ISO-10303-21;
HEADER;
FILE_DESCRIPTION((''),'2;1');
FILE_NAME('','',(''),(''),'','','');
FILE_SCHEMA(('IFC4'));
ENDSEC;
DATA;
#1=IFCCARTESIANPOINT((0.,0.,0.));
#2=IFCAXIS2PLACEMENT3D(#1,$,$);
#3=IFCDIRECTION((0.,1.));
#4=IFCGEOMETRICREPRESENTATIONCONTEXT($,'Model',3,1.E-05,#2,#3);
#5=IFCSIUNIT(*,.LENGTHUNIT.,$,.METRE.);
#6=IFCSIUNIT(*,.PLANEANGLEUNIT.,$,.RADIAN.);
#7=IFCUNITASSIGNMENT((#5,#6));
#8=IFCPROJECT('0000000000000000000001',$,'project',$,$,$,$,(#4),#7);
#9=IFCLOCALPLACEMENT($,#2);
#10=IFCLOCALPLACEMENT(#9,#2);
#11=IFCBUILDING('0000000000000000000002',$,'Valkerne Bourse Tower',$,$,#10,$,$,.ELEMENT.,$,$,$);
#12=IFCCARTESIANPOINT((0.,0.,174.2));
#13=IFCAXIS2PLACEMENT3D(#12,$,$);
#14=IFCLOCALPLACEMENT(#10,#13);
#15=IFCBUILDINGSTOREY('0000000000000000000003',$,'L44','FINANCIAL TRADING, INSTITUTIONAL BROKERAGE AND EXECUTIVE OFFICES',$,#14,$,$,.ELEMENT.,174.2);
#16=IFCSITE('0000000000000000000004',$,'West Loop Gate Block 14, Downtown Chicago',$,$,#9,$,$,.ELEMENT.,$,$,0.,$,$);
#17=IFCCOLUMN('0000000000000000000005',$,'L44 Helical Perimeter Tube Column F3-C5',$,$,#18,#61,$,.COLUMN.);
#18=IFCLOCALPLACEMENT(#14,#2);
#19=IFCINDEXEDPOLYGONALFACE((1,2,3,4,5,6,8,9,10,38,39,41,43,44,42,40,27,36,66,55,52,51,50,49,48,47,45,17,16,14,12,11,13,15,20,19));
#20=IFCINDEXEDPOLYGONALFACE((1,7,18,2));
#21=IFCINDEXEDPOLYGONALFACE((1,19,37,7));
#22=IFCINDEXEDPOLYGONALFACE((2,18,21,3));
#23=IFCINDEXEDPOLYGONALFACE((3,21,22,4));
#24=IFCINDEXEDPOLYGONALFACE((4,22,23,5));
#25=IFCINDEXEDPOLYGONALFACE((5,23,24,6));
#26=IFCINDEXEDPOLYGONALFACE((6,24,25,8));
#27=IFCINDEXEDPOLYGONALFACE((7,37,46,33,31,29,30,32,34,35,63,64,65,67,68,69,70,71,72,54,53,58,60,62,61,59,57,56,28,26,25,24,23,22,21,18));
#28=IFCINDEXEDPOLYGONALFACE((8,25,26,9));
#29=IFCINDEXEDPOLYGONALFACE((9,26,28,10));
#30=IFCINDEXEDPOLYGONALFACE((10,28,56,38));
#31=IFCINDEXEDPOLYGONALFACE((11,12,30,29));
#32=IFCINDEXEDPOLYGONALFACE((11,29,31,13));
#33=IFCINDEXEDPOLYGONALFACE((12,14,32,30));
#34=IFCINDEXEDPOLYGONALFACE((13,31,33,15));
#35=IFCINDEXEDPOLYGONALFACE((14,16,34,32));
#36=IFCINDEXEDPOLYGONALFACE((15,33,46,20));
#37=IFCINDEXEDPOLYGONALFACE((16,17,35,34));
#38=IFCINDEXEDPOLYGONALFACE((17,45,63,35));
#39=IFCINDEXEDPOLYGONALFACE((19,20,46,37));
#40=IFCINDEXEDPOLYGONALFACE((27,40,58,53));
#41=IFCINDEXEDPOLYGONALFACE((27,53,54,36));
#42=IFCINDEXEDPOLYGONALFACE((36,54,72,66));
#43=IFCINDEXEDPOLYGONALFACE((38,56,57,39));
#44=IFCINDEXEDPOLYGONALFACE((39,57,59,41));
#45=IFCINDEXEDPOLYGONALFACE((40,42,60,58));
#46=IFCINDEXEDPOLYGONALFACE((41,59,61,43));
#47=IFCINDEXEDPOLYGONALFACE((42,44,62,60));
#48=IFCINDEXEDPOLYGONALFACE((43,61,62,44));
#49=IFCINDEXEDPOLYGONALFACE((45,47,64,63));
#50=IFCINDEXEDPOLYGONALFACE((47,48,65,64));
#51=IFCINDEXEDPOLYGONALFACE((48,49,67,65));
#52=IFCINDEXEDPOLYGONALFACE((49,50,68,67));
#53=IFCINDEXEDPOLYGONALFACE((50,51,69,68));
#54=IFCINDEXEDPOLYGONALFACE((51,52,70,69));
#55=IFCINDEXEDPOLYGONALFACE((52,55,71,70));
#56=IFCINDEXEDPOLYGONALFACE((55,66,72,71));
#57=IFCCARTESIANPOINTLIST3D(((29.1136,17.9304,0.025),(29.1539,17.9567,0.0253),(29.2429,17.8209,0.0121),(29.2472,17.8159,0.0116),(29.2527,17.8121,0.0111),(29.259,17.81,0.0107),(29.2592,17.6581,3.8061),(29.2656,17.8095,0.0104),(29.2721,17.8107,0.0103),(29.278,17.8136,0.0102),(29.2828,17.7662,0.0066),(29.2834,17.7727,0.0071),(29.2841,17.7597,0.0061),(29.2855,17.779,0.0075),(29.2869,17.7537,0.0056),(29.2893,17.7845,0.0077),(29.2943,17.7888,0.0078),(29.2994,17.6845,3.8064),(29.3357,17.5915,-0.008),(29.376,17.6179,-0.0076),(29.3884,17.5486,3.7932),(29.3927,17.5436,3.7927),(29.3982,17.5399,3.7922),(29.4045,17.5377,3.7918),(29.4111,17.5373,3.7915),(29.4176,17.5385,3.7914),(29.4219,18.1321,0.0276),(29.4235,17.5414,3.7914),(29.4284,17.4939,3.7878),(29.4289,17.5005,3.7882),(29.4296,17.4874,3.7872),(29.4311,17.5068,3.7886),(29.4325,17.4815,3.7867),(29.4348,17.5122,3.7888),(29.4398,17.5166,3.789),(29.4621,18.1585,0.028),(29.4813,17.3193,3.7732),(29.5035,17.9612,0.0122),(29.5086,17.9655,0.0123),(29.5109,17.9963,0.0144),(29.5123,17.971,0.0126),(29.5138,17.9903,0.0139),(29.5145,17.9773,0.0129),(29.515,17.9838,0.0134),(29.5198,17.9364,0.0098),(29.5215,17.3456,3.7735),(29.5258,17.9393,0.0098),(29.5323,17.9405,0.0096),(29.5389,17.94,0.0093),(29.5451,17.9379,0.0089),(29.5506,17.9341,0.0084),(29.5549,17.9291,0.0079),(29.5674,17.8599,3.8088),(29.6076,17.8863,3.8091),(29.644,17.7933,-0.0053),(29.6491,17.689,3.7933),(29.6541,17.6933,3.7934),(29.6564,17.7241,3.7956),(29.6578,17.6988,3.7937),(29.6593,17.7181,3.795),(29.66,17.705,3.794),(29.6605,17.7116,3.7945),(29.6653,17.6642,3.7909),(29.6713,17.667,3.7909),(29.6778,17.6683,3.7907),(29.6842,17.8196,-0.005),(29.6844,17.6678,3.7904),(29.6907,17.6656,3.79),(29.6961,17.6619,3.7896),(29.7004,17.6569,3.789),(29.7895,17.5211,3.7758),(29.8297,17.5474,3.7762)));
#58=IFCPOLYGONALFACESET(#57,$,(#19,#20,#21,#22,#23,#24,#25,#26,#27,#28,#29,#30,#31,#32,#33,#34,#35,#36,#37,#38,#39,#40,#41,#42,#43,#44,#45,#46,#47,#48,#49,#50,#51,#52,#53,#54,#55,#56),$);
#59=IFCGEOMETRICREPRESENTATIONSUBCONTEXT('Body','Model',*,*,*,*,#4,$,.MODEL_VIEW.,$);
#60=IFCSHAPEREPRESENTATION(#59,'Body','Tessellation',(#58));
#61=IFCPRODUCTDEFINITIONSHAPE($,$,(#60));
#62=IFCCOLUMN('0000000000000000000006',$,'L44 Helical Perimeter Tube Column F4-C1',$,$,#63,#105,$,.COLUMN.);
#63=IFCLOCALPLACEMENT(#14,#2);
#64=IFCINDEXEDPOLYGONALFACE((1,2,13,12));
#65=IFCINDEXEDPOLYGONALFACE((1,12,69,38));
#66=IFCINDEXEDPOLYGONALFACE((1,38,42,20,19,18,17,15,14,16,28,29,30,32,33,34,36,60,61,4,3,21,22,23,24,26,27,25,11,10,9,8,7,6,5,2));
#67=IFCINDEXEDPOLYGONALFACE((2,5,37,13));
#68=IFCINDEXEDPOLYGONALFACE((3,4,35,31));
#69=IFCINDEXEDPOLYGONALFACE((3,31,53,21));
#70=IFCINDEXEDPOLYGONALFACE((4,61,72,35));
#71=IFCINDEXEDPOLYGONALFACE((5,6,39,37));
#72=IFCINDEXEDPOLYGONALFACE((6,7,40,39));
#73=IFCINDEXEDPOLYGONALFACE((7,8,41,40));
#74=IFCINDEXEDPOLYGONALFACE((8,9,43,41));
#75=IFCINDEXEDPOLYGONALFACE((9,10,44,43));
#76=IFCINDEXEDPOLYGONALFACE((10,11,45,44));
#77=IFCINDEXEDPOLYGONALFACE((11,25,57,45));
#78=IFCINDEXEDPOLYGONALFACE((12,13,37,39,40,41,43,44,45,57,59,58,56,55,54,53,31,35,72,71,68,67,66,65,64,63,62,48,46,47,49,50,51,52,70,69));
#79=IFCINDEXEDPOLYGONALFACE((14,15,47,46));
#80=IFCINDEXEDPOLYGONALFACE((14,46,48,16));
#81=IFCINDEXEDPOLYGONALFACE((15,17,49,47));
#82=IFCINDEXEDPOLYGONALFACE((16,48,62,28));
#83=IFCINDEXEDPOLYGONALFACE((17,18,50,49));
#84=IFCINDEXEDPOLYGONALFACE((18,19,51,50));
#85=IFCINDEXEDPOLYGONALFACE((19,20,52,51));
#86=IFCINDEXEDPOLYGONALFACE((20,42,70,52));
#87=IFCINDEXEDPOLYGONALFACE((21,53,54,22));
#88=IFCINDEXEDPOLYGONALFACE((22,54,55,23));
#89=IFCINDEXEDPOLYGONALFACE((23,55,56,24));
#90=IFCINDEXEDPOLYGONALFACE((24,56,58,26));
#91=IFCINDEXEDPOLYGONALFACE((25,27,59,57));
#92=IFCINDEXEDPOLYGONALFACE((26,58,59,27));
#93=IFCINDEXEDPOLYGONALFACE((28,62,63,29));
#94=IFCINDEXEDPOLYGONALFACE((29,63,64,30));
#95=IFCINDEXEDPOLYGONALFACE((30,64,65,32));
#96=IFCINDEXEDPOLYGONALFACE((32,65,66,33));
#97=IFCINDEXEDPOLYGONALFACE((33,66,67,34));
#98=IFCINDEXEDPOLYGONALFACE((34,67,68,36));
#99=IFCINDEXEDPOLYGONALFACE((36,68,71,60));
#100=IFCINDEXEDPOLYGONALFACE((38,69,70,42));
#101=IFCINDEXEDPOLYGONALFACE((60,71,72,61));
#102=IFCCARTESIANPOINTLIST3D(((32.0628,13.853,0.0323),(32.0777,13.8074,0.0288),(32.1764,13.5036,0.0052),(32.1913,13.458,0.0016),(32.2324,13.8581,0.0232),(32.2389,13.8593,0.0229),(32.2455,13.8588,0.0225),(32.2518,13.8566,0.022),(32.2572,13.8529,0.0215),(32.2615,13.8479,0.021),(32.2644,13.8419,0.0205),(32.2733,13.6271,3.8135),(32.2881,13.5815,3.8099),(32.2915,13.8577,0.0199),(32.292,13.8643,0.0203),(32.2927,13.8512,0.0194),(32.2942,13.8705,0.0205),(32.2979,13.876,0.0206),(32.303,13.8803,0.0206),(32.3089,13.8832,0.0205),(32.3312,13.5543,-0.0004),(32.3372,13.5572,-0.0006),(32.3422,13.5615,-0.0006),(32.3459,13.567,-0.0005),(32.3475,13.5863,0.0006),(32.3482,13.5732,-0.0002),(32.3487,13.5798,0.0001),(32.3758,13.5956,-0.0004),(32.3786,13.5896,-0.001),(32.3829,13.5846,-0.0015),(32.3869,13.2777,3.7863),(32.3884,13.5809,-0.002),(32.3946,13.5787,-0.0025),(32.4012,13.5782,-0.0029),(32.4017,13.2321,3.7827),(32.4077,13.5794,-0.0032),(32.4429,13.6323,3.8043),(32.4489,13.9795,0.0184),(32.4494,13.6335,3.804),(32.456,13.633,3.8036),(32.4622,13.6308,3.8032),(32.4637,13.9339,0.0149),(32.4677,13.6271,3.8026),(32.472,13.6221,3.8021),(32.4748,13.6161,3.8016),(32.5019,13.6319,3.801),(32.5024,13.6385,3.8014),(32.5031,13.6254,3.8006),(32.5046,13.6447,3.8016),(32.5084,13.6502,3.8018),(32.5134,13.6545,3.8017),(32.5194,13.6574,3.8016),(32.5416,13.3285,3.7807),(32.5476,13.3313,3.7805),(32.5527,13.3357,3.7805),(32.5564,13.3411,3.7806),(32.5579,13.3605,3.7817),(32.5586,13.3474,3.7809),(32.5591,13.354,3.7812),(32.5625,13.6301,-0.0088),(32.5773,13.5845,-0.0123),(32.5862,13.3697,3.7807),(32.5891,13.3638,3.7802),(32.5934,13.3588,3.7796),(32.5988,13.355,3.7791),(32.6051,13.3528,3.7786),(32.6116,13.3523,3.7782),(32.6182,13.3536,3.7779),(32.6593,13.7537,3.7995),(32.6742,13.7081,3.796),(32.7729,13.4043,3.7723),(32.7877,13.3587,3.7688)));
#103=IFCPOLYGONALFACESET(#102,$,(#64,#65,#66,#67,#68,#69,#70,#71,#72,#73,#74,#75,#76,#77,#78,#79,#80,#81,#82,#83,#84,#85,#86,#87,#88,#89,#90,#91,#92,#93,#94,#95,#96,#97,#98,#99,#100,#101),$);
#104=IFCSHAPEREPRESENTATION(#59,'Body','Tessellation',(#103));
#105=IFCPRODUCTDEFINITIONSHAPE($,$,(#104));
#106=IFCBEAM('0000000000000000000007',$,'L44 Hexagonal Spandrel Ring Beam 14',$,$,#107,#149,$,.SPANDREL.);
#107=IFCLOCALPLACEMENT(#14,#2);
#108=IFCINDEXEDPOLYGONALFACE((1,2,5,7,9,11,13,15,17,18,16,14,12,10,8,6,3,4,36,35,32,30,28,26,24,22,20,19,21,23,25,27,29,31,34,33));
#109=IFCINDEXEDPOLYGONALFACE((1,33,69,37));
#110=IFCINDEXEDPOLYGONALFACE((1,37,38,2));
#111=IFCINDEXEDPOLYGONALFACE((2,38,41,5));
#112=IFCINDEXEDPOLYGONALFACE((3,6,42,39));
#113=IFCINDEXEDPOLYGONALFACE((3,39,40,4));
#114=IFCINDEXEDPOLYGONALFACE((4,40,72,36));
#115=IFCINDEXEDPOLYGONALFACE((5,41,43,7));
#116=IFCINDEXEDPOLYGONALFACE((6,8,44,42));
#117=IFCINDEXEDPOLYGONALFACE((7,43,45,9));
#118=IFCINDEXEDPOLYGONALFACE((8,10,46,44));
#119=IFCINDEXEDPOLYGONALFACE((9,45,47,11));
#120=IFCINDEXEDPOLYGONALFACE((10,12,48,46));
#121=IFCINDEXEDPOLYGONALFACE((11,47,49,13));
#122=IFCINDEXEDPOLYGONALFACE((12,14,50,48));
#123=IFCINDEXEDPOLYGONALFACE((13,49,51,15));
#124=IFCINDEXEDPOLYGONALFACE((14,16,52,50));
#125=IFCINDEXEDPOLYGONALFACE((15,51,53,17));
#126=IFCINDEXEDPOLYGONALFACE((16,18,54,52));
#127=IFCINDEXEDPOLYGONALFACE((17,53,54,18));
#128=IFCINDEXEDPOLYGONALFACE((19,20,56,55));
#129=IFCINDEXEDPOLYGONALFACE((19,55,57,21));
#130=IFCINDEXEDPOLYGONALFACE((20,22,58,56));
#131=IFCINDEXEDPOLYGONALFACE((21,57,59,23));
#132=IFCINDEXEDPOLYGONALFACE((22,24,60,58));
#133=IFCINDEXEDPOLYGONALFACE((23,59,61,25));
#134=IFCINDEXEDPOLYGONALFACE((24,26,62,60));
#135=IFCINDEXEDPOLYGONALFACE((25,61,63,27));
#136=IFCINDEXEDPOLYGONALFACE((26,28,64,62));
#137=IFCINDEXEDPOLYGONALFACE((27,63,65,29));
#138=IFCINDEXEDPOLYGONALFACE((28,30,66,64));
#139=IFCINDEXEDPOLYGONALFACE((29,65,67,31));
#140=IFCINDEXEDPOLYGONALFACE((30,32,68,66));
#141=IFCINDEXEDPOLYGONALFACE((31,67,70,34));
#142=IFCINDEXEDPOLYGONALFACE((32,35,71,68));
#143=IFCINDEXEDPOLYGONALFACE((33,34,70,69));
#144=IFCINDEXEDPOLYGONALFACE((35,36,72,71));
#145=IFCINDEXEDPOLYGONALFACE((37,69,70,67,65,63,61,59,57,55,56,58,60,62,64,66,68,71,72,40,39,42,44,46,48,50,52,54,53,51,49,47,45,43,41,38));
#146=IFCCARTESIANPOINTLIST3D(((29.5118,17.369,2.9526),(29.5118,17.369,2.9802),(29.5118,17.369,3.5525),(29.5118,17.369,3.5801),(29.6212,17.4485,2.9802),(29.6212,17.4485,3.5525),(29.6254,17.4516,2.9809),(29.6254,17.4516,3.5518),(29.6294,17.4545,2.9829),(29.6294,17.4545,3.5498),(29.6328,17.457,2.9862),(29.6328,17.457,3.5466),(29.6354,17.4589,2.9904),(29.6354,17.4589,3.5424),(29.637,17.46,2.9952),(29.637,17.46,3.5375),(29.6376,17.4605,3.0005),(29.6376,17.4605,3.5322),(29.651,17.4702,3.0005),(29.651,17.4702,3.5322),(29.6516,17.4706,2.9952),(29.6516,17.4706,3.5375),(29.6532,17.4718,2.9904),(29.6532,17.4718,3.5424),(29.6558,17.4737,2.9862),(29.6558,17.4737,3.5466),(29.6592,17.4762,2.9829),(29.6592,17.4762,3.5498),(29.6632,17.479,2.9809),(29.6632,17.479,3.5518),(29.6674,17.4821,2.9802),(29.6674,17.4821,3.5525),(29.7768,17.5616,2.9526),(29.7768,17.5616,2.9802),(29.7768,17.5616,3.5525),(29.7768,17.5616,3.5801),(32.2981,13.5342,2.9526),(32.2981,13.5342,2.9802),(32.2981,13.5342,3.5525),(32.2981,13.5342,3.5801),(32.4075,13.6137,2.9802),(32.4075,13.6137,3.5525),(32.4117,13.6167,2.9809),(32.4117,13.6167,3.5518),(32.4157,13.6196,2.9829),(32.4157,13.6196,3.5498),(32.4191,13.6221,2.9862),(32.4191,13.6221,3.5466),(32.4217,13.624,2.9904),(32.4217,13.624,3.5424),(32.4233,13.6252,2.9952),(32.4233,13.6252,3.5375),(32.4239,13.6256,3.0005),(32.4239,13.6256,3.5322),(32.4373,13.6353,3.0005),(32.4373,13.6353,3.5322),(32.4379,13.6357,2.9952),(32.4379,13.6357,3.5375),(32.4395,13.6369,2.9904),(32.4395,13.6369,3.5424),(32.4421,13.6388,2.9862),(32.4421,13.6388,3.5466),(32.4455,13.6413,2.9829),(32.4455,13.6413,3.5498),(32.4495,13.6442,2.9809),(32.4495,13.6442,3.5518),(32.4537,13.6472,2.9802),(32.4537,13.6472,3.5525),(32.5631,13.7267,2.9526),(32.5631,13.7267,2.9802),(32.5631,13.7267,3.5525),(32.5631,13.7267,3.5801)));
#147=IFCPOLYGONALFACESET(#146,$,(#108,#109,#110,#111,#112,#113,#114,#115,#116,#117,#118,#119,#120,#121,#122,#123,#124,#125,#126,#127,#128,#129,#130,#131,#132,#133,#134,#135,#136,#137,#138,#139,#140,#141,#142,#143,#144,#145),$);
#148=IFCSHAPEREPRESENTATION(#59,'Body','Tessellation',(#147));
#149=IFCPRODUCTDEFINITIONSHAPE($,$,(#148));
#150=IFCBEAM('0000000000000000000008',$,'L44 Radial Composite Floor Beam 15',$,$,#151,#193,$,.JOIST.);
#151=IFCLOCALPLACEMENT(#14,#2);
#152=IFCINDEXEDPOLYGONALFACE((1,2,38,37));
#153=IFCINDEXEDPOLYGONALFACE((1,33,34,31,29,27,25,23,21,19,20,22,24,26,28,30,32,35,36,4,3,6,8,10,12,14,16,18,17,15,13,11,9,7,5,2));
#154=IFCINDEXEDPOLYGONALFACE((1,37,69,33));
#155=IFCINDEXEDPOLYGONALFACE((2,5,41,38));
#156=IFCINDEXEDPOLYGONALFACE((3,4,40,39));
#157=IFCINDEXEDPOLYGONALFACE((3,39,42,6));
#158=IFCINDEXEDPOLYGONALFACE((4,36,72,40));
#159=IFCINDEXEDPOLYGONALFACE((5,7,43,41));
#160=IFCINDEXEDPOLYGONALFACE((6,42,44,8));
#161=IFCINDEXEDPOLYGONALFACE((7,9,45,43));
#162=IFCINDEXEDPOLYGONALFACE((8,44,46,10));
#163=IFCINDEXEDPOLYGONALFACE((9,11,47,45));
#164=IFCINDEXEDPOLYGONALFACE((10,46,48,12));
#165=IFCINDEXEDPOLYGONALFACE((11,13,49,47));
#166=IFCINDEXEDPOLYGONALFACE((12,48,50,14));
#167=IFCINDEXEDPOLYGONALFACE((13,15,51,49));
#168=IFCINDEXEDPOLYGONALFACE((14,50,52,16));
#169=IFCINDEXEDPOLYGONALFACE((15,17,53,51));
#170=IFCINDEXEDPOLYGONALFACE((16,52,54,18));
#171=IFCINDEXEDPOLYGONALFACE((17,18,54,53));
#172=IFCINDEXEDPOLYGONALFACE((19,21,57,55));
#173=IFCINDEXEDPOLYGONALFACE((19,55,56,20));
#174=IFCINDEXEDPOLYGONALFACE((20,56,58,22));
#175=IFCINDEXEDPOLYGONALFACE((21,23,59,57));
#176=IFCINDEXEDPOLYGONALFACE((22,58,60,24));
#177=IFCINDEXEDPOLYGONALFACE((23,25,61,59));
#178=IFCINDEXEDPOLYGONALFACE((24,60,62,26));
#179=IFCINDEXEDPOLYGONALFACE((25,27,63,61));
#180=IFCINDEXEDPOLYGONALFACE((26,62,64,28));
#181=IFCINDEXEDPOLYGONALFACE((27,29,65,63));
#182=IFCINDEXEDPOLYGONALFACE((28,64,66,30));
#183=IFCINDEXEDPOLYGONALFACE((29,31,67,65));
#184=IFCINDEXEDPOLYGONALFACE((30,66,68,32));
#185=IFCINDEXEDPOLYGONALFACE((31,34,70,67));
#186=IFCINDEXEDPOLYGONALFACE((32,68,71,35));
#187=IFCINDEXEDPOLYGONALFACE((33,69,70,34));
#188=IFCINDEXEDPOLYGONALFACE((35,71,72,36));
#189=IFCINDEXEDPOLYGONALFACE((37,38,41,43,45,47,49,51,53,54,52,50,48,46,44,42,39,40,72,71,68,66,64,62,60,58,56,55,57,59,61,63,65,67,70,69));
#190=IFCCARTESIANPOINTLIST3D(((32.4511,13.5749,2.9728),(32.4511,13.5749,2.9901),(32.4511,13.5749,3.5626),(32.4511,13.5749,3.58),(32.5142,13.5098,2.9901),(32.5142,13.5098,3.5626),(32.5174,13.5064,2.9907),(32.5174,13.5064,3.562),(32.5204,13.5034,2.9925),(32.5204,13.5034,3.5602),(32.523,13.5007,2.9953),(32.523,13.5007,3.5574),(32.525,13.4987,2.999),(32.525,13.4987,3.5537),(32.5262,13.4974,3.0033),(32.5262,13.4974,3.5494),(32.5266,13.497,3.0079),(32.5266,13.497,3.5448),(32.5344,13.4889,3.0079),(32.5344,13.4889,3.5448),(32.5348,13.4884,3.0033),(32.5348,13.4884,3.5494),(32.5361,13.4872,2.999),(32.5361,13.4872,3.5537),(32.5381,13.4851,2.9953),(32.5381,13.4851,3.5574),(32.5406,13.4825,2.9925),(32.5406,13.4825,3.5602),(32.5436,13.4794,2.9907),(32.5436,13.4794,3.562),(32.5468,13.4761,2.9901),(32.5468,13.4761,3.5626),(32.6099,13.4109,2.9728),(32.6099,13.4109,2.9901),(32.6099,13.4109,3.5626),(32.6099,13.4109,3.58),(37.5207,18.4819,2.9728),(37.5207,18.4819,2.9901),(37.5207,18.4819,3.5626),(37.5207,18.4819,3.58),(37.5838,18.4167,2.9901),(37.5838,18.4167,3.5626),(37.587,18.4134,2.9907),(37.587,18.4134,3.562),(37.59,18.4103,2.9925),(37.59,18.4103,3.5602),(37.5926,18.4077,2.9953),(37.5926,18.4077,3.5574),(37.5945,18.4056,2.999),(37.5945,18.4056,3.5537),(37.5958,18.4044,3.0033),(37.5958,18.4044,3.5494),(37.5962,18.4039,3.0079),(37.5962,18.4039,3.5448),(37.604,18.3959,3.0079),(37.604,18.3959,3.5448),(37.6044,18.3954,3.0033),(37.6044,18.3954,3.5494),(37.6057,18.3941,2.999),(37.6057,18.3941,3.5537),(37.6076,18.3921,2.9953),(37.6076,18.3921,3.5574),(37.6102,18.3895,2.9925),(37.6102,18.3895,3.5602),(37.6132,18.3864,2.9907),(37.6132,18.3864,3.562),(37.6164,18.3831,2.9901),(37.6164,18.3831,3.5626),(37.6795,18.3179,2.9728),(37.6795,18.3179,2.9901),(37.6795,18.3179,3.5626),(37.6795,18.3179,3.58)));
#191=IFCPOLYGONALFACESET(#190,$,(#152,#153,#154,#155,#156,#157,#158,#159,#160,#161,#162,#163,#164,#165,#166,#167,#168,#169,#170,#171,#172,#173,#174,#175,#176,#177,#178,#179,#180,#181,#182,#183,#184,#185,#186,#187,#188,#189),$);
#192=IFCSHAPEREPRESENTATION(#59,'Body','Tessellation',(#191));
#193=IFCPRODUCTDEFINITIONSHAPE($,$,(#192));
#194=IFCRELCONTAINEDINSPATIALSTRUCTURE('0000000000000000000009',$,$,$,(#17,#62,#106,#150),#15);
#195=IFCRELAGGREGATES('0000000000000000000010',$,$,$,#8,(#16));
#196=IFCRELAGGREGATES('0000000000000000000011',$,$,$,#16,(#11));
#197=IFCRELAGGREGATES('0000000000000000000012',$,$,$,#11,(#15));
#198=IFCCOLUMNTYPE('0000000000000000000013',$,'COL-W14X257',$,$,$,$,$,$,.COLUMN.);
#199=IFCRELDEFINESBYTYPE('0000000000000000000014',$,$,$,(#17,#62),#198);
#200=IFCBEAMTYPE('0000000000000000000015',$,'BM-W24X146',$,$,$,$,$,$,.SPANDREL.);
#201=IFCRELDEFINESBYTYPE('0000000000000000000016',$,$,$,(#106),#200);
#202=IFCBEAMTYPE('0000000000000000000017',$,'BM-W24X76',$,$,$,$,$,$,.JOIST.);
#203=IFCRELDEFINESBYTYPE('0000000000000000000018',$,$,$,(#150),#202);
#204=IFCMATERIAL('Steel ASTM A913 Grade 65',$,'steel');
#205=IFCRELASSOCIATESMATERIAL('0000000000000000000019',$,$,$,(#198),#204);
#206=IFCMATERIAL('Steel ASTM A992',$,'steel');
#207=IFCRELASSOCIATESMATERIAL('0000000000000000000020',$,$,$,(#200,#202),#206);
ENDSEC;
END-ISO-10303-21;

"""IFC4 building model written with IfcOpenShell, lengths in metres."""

from ifc_helpers import new_model, si_unit, direction, frame, origin, origin_2d, place, context, subcontext, project, spatial, i_section, extrude, material, material_profile, profile_set, type_object, element, save


model = new_model("IFC4")

# Units and contexts
model_context = context("Model", 3, precision=1e-05, world=origin(), true_north=direction((0.0, 1.0)))
body_context = subcontext(model_context, "Body", "Model", "MODEL_VIEW")
ifc_project = project(units=[si_unit("LENGTHUNIT", "METRE"), si_unit("PLANEANGLEUNIT", "RADIAN")], contexts=[model_context])

# Site, building, storey
site_placement = place(None, origin())
site = spatial("IfcSite", under=ifc_project, at=site_placement, Name="West Loop Gate Block 14, Downtown Chicago", CompositionType="ELEMENT", RefElevation=0.0)
building_placement = place(site_placement, origin())
building = spatial("IfcBuilding", under=site, at=building_placement, Name="Valkerne Bourse Tower", CompositionType="ELEMENT")
storey_placement = place(building_placement, frame((0.0, 0.0, 174.2)))
storey = spatial("IfcBuildingStorey", under=building, at=storey_placement, Name="L44", Description="FINANCIAL TRADING, INSTITUTIONAL BROKERAGE AND EXECUTIVE OFFICES", CompositionType="ELEMENT", Elevation=174.2)

# Columns
ifc_material_1 = material(Name="Steel ASTM A913 Grade 65", Category="steel")
ifc_material_profile_1 = material_profile(ifc_material_1, i_section(OverallWidth=0.4065, OverallDepth=0.4165, WebThickness=0.0298, FlangeThickness=0.0481, FilletRadius=0.0254, at=origin_2d()), Name="W14X257")
ifc_profile_set_1 = profile_set([ifc_material_profile_1], Name="Steel ASTM A913 Grade 65")
column_type = type_object("IfcColumnType", Name="COL-W14X257", PredefinedType="COLUMN", material=ifc_profile_set_1)
for number, where, z_axis, x_axis, name in (
    (1, (29.3989, 17.875, 0.01), (0.038356, -0.071757, 0.996684), (0.546383, -0.833605, -0.081043), "L44 Helical Perimeter Tube Column F3-C5"),
    (2, (32.3201, 13.7188, 0.01), (0.055475, -0.059529, 0.996684), (0.949667, 0.311381, -0.03426), "L44 Helical Perimeter Tube Column F4-C1"),
):
    element("IfcColumn", number, at=place(storey_placement, frame(where, z_axis=z_axis, x_axis=x_axis)), inside=storey, type_object=column_type, Name=name, PredefinedType="COLUMN", context=body_context, shape_type="SweptSolid", body=[
        extrude(i_section(OverallWidth=0.4065, OverallDepth=0.4165, WebThickness=0.0298, FlangeThickness=0.0481, FilletRadius=0.0254, at=origin_2d()), origin(), (0.0, 0.0, 1.0), 3.7937),
    ])

# Beams
ifc_material_2 = material(Name="Steel ASTM A992", Category="steel")
ifc_material_profile_2 = material_profile(ifc_material_2, i_section(OverallWidth=0.3276, OverallDepth=0.6274, WebThickness=0.0166, FlangeThickness=0.0276, FilletRadius=0.0203, at=origin_2d()), Name="W24X146")
ifc_profile_set_2 = profile_set([ifc_material_profile_2], Name="Steel ASTM A992")
beam_type_1 = type_object("IfcBeamType", Name="BM-W24X146", PredefinedType="SPANDREL", material=ifc_profile_set_2)
beam_1_placement = place(storey_placement, frame((29.6443, 17.4653, 3.2664), z_axis=(0.587801, -0.809005, 0.0), x_axis=(0.809005, 0.587801, 0.0)))
element("IfcBeam", 3, at=beam_1_placement, inside=storey, type_object=beam_type_1, Name="L44 Hexagonal Spandrel Ring Beam 14", PredefinedType="SPANDREL", context=body_context, shape_type="SweptSolid", body=[
    extrude(i_section(OverallWidth=0.3276, OverallDepth=0.6274, WebThickness=0.0166, FlangeThickness=0.0276, FilletRadius=0.0203, at=origin_2d()), origin(), (0.0, 0.0, 1.0), 4.7402),
])
ifc_material_profile_3 = material_profile(ifc_material_2, i_section(OverallWidth=0.2283, OverallDepth=0.6072, WebThickness=0.0112, FlangeThickness=0.0173, FilletRadius=0.0178, at=origin_2d()), Name="W24X76")
ifc_profile_set_3 = profile_set([ifc_material_profile_3], Name="Steel ASTM A992")
beam_type_2 = type_object("IfcBeamType", Name="BM-W24X76", PredefinedType="JOIST", material=ifc_profile_set_3)
beam_2_placement = place(storey_placement, frame((32.5305, 13.4929, 3.2764), z_axis=(0.718536, 0.69549, 0.0), x_axis=(-0.69549, 0.718536, 0.0)))
element("IfcBeam", 4, at=beam_2_placement, inside=storey, type_object=beam_type_2, Name="L44 Radial Composite Floor Beam 15", PredefinedType="JOIST", context=body_context, shape_type="SweptSolid", body=[
    extrude(i_section(OverallWidth=0.2283, OverallDepth=0.6072, WebThickness=0.0112, FlangeThickness=0.0173, FilletRadius=0.0178, at=origin_2d()), origin(), (0.0, 0.0, 1.0), 7.0554),
])

save(model, "model.ifc")
